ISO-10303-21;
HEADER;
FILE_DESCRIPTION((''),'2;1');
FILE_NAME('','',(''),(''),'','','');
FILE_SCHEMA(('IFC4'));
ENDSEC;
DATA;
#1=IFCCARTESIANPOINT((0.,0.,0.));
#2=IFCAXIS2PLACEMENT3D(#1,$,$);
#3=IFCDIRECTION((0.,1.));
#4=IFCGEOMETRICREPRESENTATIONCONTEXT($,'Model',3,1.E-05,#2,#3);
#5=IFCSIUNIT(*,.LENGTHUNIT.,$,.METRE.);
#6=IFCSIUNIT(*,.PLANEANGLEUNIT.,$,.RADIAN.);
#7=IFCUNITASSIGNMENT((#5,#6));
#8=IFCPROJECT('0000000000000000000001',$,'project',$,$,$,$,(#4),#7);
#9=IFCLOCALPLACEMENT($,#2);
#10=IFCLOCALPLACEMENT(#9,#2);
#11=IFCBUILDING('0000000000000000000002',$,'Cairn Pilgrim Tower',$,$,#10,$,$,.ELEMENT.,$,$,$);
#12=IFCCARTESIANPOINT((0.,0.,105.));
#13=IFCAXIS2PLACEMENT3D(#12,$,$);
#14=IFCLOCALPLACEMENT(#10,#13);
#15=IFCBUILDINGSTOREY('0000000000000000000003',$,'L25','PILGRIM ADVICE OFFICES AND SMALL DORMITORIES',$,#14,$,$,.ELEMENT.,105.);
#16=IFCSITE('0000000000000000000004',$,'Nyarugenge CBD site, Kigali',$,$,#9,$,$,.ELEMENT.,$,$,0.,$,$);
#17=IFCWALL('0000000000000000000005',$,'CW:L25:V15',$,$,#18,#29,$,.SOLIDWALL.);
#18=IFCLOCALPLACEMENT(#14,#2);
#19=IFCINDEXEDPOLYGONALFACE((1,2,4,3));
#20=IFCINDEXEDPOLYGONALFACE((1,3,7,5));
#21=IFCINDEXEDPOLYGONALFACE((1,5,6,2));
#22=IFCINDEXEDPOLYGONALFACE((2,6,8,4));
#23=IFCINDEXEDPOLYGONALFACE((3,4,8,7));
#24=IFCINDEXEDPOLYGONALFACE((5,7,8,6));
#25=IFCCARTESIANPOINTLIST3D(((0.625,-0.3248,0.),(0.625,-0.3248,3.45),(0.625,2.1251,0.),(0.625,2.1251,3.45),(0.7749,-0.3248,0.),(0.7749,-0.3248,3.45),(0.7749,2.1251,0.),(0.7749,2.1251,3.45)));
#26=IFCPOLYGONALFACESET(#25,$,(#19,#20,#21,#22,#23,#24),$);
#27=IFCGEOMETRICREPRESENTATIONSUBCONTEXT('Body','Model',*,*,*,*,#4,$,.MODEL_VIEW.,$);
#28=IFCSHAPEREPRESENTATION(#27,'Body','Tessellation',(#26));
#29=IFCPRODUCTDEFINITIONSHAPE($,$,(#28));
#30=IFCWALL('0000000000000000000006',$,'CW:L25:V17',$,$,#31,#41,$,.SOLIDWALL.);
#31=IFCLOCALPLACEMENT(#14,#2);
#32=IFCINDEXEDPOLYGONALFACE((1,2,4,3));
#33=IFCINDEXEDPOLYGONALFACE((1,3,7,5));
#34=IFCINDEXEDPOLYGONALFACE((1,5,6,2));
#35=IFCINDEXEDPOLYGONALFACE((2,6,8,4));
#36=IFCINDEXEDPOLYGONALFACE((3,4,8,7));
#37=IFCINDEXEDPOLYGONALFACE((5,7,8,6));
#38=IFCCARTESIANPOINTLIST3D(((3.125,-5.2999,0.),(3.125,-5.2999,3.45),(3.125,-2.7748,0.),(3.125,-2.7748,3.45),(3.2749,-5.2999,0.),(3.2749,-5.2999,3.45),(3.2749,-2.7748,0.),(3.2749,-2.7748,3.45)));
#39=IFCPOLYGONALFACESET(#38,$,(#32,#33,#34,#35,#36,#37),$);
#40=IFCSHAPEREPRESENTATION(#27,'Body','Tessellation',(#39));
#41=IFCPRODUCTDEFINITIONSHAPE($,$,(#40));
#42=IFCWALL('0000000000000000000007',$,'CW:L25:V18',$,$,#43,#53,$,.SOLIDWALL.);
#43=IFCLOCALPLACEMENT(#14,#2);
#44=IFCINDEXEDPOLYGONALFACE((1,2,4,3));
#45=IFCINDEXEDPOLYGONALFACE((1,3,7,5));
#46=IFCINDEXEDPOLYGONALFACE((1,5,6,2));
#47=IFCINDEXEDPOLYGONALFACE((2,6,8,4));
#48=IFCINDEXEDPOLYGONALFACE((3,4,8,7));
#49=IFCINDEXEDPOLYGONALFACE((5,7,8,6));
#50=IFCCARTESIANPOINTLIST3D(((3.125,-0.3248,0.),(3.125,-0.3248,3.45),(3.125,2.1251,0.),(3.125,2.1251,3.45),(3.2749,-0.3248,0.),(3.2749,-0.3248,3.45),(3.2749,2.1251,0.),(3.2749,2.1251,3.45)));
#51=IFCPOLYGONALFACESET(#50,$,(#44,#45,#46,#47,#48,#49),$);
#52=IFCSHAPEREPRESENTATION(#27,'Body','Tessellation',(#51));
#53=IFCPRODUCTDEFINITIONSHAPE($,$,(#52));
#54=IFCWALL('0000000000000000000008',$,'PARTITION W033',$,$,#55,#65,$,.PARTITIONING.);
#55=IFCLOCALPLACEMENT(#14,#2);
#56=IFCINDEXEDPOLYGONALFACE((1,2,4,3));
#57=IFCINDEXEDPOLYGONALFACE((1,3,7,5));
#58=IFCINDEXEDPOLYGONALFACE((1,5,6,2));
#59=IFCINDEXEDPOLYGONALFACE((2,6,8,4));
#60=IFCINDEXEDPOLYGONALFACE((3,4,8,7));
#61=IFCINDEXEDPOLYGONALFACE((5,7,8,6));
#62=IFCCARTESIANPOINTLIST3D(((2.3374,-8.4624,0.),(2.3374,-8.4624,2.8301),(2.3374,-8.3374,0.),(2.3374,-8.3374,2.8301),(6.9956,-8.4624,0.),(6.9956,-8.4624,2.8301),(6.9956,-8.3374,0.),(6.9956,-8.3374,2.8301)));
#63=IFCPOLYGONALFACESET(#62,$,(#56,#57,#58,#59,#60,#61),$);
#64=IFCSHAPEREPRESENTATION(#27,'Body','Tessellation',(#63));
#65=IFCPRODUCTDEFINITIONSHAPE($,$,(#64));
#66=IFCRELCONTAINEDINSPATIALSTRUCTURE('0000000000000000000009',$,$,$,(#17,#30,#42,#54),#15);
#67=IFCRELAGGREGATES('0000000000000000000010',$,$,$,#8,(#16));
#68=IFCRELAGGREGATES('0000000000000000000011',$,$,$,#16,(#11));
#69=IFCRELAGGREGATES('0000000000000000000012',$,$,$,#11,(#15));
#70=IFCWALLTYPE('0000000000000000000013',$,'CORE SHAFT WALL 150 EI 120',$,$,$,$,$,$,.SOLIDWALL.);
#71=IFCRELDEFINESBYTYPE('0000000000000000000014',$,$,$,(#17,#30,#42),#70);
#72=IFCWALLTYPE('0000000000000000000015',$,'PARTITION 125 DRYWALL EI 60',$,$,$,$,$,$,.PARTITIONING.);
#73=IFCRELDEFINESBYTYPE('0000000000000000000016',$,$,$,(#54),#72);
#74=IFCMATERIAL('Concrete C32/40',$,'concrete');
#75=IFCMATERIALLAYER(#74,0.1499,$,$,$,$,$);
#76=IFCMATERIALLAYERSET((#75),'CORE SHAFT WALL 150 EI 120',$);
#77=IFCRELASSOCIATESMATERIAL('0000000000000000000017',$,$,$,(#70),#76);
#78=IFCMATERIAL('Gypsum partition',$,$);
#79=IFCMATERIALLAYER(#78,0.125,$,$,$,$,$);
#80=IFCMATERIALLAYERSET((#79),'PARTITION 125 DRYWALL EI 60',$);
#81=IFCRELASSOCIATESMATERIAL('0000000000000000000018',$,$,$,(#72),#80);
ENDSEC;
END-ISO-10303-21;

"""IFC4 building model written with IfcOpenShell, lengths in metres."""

from ifc_helpers import new_model, si_unit, direction, frame, frame_2d, origin, place, context, subcontext, project, spatial, rectangle, extrude, material, layer, layer_set, type_object, element, save


model = new_model("IFC4")

# Units and contexts
model_context = context("Model", 3, precision=1e-05, world=origin(), true_north=direction((0.0, 1.0)))
body_context = subcontext(model_context, "Body", "Model", "MODEL_VIEW")
ifc_project = project(units=[si_unit("LENGTHUNIT", "METRE"), si_unit("PLANEANGLEUNIT", "RADIAN")], contexts=[model_context])

# Site, building, storey
site_placement = place(None, origin())
site = spatial("IfcSite", under=ifc_project, at=site_placement, Name="Nyarugenge CBD site, Kigali", CompositionType="ELEMENT", RefElevation=0.0)
building_placement = place(site_placement, origin())
building = spatial("IfcBuilding", under=site, at=building_placement, Name="Cairn Pilgrim Tower", CompositionType="ELEMENT")
storey_placement = place(building_placement, frame((0.0, 0.0, 105.0)))
storey = spatial("IfcBuildingStorey", under=building, at=storey_placement, Name="L25", Description="PILGRIM ADVICE OFFICES AND SMALL DORMITORIES", CompositionType="ELEMENT", Elevation=105.0)

# Shared definitions
ifc_material_1 = material(Name="Concrete C32/40", Category="concrete")

# Shared definitions
ifc_layer_1 = layer(ifc_material_1, 0.1499)
ifc_layer_set_1 = layer_set([ifc_layer_1], Name="CORE SHAFT WALL 150 EI 120")
wall_type_1 = type_object("IfcWallType", Name="CORE SHAFT WALL 150 EI 120", PredefinedType="SOLIDWALL", material=ifc_layer_set_1)

# Walls
wall_1_placement = place(storey_placement, frame((0.7, -0.325, 0.0), z_axis=(0.0, 0.0, 1.0), x_axis=(0.0, 1.0, 0.0)))
element("IfcWall", 1, at=wall_1_placement, inside=storey, type_object=wall_type_1, Name="CW:L25:V15", PredefinedType="SOLIDWALL", context=body_context, shape_type="SweptSolid", body=[
    extrude(rectangle(XDim=2.45, YDim=0.1499, at=frame_2d((1.2251, 0.0))), origin(), (0.0, 0.0, 1.0), 3.45),
])
wall_2_placement = place(storey_placement, frame((3.2, -5.3, 0.0), z_axis=(0.0, 0.0, 1.0), x_axis=(0.0, 1.0, 0.0)))
element("IfcWall", 2, at=wall_2_placement, inside=storey, type_object=wall_type_1, Name="CW:L25:V17", PredefinedType="SOLIDWALL", context=body_context, shape_type="SweptSolid", body=[
    extrude(rectangle(XDim=2.5251, YDim=0.1499, at=frame_2d((1.2627, 0.0))), origin(), (0.0, 0.0, 1.0), 3.45),
])
wall_3_placement = place(storey_placement, frame((3.2, -0.325, 0.0), z_axis=(0.0, 0.0, 1.0), x_axis=(0.0, 1.0, 0.0)))
element("IfcWall", 3, at=wall_3_placement, inside=storey, type_object=wall_type_1, Name="CW:L25:V18", PredefinedType="SOLIDWALL", context=body_context, shape_type="SweptSolid", body=[
    extrude(rectangle(XDim=2.45, YDim=0.1499, at=frame_2d((1.2251, 0.0))), origin(), (0.0, 0.0, 1.0), 3.45),
])
ifc_material_2 = material(Name="Gypsum partition")
ifc_layer_2 = layer(ifc_material_2, 0.125)
ifc_layer_set_2 = layer_set([ifc_layer_2], Name="PARTITION 125 DRYWALL EI 60")
wall_type_2 = type_object("IfcWallType", Name="PARTITION 125 DRYWALL EI 60", PredefinedType="PARTITIONING", material=ifc_layer_set_2)
wall_4_placement = place(storey_placement, frame((2.3374, -8.3999, 0.0), z_axis=(0.0, 0.0, 1.0), x_axis=(1.0, 0.0, 0.0)))
element("IfcWall", 4, at=wall_4_placement, inside=storey, type_object=wall_type_2, Name="PARTITION W033", PredefinedType="PARTITIONING", context=body_context, shape_type="SweptSolid", body=[
    extrude(rectangle(XDim=4.6582, YDim=0.125, at=frame_2d((2.3291, 0.0))), origin(), (0.0, 0.0, 1.0), 2.8301),
])

save(model, "model.ifc")
